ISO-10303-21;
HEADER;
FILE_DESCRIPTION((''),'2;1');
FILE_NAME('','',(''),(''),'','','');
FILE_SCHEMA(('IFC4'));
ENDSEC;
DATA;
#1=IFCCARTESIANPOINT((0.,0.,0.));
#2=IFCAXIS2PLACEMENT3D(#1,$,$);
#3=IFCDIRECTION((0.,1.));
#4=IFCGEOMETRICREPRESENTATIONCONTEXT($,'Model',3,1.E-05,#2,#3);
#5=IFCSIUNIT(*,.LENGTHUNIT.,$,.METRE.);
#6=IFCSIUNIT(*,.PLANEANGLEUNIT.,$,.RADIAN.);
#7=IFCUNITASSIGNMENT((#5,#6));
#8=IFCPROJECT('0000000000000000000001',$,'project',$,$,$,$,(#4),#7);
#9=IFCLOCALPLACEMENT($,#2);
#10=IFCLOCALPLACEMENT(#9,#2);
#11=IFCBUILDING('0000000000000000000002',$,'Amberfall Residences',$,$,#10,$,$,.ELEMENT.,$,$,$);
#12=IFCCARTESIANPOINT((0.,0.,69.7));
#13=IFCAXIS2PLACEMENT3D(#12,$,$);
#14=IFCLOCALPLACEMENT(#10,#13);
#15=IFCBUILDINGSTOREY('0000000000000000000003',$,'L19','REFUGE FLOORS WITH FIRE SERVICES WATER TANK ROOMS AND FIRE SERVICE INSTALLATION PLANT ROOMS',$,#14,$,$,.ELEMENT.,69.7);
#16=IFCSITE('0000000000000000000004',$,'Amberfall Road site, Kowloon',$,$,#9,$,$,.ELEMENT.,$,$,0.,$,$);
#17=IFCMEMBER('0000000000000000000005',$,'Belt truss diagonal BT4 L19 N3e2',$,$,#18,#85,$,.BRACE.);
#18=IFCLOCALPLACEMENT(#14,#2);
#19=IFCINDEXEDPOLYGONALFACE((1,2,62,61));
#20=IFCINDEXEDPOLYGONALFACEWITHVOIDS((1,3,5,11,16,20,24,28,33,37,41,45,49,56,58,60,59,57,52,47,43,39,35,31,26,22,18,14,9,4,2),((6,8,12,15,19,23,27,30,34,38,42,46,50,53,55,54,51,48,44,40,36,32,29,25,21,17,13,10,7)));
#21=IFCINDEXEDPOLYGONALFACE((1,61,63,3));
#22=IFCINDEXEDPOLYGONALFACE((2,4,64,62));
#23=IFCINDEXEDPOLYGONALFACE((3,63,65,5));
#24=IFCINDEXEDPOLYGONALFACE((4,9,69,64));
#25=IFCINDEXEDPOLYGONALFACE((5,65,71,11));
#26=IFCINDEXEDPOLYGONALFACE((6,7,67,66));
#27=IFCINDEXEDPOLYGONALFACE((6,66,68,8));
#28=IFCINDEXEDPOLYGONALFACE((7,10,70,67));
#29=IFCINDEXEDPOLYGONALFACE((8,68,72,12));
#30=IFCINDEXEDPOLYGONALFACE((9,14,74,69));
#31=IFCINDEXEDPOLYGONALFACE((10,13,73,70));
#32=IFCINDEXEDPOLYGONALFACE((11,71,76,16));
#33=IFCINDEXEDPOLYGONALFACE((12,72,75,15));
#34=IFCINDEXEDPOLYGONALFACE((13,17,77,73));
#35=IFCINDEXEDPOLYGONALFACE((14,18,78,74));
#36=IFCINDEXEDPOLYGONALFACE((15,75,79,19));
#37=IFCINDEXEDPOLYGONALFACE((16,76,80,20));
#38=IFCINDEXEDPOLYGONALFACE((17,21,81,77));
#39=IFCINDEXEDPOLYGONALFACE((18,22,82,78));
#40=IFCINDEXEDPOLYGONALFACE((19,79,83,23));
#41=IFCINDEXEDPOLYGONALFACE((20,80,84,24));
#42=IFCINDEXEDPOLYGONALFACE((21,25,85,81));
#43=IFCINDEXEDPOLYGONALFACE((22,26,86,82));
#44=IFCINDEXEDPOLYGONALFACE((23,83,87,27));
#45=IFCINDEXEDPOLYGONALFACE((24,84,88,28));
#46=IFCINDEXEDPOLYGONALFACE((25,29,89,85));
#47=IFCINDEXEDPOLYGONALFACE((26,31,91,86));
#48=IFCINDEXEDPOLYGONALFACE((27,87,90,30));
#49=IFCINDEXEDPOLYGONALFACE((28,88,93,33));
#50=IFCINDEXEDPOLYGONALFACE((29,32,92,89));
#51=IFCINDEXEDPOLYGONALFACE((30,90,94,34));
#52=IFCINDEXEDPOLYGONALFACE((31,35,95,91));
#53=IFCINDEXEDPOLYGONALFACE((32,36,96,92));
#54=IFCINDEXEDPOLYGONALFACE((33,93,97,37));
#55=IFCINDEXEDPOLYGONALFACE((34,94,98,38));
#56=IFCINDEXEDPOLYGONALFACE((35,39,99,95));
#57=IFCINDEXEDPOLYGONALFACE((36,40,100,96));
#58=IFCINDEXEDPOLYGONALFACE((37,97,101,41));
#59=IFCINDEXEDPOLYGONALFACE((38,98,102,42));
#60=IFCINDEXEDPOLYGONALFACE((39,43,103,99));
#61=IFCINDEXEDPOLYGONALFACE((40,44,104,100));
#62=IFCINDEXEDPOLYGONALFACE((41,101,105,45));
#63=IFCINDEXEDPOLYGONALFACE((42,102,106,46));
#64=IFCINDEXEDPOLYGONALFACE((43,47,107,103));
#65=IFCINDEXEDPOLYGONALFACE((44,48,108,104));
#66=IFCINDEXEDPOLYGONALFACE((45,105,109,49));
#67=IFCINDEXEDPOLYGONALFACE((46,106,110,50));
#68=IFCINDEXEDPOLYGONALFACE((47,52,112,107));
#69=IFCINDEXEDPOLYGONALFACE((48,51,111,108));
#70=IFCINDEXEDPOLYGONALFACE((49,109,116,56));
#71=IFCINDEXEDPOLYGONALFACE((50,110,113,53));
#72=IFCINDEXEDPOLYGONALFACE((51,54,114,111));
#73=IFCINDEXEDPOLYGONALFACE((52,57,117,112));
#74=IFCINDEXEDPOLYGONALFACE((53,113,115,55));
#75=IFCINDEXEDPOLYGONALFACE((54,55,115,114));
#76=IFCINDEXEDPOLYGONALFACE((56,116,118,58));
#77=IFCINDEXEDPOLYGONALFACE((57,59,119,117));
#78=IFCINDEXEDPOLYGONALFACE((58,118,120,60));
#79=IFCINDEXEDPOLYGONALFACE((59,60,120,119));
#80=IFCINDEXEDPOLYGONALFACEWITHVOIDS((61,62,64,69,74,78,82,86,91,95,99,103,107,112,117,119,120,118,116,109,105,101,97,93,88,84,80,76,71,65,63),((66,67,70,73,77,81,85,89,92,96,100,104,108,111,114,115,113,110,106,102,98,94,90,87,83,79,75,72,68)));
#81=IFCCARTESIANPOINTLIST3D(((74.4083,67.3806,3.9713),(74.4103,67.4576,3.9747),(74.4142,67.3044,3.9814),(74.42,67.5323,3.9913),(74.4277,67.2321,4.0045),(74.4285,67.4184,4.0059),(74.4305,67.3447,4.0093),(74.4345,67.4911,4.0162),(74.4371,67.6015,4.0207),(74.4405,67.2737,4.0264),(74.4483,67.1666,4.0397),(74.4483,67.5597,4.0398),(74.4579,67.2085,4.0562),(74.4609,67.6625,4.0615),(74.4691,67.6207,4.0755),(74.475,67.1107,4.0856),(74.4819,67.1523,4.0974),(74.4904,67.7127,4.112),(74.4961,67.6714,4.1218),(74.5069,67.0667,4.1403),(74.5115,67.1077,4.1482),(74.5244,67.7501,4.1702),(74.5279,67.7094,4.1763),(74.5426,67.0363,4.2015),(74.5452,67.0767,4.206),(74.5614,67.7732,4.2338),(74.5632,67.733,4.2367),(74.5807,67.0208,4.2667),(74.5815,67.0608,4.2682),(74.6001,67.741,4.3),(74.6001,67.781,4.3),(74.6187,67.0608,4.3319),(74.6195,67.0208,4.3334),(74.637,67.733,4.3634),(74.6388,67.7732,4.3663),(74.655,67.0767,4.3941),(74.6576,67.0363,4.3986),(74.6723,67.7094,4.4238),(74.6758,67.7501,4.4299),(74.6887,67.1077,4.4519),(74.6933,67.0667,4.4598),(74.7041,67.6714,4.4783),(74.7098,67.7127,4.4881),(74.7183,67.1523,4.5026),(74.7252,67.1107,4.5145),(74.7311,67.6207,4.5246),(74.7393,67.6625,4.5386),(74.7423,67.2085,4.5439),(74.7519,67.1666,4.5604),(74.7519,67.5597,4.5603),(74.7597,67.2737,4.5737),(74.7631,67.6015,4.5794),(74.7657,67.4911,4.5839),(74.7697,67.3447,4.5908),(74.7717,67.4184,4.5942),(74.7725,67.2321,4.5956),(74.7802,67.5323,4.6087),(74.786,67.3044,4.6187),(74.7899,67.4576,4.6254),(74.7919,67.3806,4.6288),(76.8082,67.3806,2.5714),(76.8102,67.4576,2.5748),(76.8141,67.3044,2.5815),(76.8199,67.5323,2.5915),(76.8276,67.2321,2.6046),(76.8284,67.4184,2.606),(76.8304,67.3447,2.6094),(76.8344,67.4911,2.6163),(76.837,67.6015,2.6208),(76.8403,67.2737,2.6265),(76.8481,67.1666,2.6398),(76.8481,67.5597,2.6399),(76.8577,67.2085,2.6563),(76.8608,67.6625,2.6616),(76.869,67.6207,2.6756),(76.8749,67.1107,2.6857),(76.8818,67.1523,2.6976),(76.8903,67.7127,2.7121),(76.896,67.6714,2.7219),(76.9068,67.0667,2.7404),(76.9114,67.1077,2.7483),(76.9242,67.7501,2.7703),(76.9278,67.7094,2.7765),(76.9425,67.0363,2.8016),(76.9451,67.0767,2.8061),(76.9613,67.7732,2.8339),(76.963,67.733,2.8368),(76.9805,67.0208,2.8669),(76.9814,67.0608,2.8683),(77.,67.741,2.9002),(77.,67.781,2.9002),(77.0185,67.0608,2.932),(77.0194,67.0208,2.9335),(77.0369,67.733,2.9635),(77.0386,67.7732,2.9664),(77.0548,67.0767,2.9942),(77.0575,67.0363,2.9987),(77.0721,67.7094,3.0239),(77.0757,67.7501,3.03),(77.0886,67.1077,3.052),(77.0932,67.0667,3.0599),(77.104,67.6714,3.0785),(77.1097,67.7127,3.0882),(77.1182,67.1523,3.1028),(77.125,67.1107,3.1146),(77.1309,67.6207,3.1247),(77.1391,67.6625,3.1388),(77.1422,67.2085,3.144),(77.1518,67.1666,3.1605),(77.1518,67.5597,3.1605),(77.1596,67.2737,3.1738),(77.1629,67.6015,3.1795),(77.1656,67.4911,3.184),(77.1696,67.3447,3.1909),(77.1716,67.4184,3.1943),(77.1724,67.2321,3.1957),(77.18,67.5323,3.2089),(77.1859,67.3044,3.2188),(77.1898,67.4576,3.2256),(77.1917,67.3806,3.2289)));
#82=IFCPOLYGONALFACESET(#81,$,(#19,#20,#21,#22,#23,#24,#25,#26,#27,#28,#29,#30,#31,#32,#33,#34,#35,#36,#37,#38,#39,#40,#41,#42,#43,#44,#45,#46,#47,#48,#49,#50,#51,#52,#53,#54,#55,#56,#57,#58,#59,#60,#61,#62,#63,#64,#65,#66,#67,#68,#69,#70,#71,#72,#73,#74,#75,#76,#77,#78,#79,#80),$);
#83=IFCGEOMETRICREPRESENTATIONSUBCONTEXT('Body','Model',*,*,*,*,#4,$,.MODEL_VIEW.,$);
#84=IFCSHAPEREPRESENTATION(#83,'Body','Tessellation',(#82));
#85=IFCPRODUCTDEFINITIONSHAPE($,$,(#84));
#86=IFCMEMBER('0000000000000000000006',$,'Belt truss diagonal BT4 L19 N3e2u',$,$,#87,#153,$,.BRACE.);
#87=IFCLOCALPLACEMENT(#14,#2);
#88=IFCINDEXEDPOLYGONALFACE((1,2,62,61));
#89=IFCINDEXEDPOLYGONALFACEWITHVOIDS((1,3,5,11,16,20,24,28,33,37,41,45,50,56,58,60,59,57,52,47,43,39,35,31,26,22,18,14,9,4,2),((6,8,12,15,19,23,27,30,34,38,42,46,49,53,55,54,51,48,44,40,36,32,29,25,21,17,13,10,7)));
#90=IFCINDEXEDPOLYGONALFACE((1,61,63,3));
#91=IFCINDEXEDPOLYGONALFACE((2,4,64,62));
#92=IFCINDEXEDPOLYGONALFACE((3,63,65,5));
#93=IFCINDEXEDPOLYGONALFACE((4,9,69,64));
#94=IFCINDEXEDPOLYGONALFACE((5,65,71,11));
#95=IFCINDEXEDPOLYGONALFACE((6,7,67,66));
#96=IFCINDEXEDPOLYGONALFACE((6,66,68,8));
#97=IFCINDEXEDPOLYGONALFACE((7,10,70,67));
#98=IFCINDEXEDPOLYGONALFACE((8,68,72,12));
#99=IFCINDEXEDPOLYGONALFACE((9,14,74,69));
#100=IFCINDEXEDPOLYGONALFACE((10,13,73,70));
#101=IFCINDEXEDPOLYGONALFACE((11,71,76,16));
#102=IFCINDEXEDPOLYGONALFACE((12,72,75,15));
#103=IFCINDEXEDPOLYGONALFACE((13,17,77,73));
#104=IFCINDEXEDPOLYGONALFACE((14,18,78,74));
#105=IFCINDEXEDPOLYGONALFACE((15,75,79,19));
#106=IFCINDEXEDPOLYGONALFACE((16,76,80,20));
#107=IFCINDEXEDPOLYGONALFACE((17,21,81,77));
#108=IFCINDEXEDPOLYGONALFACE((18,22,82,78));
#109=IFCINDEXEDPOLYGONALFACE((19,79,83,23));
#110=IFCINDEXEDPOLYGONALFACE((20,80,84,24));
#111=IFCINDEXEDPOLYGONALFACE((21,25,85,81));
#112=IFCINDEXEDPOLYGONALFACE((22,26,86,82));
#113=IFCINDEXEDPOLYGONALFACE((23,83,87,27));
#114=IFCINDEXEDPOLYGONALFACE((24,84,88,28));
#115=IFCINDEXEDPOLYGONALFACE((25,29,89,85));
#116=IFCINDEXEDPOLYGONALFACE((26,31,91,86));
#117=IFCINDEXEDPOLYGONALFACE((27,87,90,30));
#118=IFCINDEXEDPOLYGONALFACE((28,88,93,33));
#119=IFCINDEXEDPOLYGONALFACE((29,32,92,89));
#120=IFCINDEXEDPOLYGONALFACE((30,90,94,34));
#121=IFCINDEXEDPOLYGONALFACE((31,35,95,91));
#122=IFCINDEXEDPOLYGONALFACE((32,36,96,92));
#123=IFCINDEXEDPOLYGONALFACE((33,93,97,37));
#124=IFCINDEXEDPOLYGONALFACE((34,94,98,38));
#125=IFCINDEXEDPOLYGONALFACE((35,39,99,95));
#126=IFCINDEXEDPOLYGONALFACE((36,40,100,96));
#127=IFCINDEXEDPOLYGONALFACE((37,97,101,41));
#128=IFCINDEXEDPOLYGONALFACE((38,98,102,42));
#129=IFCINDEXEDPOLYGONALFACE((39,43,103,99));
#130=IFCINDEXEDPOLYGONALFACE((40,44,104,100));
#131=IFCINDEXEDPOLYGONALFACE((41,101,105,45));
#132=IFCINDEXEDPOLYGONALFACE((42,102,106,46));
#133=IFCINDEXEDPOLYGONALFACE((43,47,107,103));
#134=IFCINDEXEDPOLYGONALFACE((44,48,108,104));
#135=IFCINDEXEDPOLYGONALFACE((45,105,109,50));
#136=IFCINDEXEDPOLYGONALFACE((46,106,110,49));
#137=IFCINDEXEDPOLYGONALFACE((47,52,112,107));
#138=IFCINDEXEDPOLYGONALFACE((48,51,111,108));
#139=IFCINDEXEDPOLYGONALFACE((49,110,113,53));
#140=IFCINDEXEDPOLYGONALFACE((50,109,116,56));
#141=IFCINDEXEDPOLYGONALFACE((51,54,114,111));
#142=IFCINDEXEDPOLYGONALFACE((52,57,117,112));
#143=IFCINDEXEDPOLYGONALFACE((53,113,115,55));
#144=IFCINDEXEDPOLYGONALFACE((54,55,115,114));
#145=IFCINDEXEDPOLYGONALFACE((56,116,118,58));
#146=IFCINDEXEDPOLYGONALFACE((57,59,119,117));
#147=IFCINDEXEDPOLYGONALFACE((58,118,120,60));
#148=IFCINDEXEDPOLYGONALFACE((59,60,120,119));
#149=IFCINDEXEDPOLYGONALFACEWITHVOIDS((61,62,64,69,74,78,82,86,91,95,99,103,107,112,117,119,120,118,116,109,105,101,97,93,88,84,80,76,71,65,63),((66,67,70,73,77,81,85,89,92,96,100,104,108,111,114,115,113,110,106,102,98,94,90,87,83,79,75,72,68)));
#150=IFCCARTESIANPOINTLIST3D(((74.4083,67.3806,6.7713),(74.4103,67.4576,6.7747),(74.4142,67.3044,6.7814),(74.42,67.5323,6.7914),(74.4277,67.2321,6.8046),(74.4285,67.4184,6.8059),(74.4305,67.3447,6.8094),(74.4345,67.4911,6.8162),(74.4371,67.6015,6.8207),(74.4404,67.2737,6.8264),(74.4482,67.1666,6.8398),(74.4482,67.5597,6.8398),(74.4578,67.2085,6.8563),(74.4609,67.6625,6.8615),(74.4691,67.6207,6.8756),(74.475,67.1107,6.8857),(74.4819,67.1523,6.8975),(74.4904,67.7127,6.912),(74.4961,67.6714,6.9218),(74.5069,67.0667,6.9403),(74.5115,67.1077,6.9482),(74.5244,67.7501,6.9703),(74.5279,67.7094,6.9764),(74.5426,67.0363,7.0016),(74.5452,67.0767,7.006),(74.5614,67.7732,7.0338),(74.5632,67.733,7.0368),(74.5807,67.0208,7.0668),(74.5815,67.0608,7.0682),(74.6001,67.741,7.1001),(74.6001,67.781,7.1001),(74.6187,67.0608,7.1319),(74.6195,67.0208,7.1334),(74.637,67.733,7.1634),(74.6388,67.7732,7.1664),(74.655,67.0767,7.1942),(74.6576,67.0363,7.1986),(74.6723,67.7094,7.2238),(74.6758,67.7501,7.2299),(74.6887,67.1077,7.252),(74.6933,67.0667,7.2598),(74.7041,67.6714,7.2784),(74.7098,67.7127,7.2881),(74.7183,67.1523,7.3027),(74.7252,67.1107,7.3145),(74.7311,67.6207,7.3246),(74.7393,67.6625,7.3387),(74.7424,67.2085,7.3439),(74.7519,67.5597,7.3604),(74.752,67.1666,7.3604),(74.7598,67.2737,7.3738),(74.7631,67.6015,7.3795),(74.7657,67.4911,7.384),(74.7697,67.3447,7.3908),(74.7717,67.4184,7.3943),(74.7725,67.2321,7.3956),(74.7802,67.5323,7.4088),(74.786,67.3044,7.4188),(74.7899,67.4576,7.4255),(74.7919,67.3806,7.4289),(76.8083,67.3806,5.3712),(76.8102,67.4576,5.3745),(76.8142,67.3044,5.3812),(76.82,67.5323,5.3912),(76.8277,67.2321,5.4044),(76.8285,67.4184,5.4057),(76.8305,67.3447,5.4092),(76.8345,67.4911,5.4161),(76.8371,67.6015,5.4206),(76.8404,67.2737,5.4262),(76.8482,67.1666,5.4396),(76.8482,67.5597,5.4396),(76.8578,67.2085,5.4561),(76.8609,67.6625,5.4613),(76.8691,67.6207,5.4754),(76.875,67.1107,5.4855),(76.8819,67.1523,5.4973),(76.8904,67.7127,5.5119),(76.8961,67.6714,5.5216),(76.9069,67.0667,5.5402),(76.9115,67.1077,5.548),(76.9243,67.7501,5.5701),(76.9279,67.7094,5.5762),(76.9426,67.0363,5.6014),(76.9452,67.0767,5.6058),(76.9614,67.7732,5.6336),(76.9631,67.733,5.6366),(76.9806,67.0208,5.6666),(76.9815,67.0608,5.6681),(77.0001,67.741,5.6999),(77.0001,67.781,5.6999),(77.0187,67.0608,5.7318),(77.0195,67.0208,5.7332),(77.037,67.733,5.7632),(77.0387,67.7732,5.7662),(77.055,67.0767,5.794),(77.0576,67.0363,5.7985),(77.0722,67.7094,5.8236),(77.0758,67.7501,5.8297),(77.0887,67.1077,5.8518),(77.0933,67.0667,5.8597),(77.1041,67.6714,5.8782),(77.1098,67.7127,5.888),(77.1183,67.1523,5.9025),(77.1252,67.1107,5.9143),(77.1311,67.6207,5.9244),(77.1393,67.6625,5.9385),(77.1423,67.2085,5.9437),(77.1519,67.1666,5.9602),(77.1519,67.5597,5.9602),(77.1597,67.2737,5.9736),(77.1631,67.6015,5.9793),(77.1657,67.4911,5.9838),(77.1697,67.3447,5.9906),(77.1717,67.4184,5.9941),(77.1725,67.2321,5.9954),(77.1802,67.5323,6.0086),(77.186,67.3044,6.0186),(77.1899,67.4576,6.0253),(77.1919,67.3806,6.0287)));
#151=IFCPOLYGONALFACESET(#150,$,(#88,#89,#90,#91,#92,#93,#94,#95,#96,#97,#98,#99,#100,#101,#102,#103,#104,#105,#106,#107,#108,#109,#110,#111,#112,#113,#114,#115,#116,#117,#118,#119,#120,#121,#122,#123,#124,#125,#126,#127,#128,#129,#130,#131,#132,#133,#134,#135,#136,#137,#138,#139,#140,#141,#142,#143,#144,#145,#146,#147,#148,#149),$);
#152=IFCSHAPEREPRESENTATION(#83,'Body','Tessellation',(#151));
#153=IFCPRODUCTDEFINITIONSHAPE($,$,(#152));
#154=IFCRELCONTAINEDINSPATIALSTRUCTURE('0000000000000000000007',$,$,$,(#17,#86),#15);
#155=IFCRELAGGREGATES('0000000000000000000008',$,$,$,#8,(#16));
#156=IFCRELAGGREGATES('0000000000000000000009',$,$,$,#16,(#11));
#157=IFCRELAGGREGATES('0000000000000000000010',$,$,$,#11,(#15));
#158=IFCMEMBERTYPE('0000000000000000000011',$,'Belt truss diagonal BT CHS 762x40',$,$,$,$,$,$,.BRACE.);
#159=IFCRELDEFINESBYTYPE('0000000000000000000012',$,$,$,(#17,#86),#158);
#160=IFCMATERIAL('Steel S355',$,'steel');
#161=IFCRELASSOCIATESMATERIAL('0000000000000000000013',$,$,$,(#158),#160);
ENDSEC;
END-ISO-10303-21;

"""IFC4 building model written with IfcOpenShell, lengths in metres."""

from ifc_helpers import new_model, si_unit, direction, frame, origin, origin_2d, place, context, subcontext, project, spatial, hollow_circle, extrude, material, material_profile, profile_set, type_object, element, save


model = new_model("IFC4")

# Units and contexts
model_context = context("Model", 3, precision=1e-05, world=origin(), true_north=direction((0.0, 1.0)))
body_context = subcontext(model_context, "Body", "Model", "MODEL_VIEW")
ifc_project = project(units=[si_unit("LENGTHUNIT", "METRE"), si_unit("PLANEANGLEUNIT", "RADIAN")], contexts=[model_context])

# Site, building, storey
site_placement = place(None, origin())
site = spatial("IfcSite", under=ifc_project, at=site_placement, Name="Amberfall Road site, Kowloon", CompositionType="ELEMENT", RefElevation=0.0)
building_placement = place(site_placement, origin())
building = spatial("IfcBuilding", under=site, at=building_placement, Name="Amberfall Residences", CompositionType="ELEMENT")
storey_placement = place(building_placement, frame((0.0, 0.0, 69.7)))
storey = spatial("IfcBuildingStorey", under=building, at=storey_placement, Name="L19", Description="REFUGE FLOORS WITH FIRE SERVICES WATER TANK ROOMS AND FIRE SERVICE INSTALLATION PLANT ROOMS", CompositionType="ELEMENT", Elevation=69.7)

# Shared definitions
ifc_material_1 = material(Name="Steel S355", Category="steel")

# Members
ifc_material_profile_1 = material_profile(ifc_material_1, hollow_circle(Radius=0.3811, WallThickness=0.04, at=origin_2d()), Name="CHS 762x40")
ifc_profile_set_1 = profile_set([ifc_material_profile_1], Name="Steel S355")
member_type = type_object("IfcMemberType", Name="Belt truss diagonal BT CHS 762x40", PredefinedType="BRACE", material=ifc_profile_set_1)
member_1_placement = place(storey_placement, frame((74.6001, 67.3999, 4.3), z_axis=(0.863785, 0.0, -0.50386), x_axis=(0.0, 1.0, 0.0)))
element("IfcMember", 1, at=member_1_placement, inside=storey, type_object=member_type, Name="Belt truss diagonal BT4 L19 N3e2", PredefinedType="BRACE", context=body_context, shape_type="SweptSolid", body=[
    extrude(hollow_circle(Radius=0.3811, WallThickness=0.04, at=origin_2d()), origin(), (0.0, 0.0, 1.0), 2.7783),
])
member_2_placement = place(storey_placement, frame((74.6001, 67.3999, 7.1001), z_axis=(0.863747, 0.0, -0.503926), x_axis=(0.0, 1.0, 0.0)))
element("IfcMember", 2, at=member_2_placement, inside=storey, type_object=member_type, Name="Belt truss diagonal BT4 L19 N3e2u", PredefinedType="BRACE", context=body_context, shape_type="SweptSolid", body=[
    extrude(hollow_circle(Radius=0.3811, WallThickness=0.04, at=origin_2d()), origin(), (0.0, 0.0, 1.0), 2.7786),
])

save(model, "model.ifc")
